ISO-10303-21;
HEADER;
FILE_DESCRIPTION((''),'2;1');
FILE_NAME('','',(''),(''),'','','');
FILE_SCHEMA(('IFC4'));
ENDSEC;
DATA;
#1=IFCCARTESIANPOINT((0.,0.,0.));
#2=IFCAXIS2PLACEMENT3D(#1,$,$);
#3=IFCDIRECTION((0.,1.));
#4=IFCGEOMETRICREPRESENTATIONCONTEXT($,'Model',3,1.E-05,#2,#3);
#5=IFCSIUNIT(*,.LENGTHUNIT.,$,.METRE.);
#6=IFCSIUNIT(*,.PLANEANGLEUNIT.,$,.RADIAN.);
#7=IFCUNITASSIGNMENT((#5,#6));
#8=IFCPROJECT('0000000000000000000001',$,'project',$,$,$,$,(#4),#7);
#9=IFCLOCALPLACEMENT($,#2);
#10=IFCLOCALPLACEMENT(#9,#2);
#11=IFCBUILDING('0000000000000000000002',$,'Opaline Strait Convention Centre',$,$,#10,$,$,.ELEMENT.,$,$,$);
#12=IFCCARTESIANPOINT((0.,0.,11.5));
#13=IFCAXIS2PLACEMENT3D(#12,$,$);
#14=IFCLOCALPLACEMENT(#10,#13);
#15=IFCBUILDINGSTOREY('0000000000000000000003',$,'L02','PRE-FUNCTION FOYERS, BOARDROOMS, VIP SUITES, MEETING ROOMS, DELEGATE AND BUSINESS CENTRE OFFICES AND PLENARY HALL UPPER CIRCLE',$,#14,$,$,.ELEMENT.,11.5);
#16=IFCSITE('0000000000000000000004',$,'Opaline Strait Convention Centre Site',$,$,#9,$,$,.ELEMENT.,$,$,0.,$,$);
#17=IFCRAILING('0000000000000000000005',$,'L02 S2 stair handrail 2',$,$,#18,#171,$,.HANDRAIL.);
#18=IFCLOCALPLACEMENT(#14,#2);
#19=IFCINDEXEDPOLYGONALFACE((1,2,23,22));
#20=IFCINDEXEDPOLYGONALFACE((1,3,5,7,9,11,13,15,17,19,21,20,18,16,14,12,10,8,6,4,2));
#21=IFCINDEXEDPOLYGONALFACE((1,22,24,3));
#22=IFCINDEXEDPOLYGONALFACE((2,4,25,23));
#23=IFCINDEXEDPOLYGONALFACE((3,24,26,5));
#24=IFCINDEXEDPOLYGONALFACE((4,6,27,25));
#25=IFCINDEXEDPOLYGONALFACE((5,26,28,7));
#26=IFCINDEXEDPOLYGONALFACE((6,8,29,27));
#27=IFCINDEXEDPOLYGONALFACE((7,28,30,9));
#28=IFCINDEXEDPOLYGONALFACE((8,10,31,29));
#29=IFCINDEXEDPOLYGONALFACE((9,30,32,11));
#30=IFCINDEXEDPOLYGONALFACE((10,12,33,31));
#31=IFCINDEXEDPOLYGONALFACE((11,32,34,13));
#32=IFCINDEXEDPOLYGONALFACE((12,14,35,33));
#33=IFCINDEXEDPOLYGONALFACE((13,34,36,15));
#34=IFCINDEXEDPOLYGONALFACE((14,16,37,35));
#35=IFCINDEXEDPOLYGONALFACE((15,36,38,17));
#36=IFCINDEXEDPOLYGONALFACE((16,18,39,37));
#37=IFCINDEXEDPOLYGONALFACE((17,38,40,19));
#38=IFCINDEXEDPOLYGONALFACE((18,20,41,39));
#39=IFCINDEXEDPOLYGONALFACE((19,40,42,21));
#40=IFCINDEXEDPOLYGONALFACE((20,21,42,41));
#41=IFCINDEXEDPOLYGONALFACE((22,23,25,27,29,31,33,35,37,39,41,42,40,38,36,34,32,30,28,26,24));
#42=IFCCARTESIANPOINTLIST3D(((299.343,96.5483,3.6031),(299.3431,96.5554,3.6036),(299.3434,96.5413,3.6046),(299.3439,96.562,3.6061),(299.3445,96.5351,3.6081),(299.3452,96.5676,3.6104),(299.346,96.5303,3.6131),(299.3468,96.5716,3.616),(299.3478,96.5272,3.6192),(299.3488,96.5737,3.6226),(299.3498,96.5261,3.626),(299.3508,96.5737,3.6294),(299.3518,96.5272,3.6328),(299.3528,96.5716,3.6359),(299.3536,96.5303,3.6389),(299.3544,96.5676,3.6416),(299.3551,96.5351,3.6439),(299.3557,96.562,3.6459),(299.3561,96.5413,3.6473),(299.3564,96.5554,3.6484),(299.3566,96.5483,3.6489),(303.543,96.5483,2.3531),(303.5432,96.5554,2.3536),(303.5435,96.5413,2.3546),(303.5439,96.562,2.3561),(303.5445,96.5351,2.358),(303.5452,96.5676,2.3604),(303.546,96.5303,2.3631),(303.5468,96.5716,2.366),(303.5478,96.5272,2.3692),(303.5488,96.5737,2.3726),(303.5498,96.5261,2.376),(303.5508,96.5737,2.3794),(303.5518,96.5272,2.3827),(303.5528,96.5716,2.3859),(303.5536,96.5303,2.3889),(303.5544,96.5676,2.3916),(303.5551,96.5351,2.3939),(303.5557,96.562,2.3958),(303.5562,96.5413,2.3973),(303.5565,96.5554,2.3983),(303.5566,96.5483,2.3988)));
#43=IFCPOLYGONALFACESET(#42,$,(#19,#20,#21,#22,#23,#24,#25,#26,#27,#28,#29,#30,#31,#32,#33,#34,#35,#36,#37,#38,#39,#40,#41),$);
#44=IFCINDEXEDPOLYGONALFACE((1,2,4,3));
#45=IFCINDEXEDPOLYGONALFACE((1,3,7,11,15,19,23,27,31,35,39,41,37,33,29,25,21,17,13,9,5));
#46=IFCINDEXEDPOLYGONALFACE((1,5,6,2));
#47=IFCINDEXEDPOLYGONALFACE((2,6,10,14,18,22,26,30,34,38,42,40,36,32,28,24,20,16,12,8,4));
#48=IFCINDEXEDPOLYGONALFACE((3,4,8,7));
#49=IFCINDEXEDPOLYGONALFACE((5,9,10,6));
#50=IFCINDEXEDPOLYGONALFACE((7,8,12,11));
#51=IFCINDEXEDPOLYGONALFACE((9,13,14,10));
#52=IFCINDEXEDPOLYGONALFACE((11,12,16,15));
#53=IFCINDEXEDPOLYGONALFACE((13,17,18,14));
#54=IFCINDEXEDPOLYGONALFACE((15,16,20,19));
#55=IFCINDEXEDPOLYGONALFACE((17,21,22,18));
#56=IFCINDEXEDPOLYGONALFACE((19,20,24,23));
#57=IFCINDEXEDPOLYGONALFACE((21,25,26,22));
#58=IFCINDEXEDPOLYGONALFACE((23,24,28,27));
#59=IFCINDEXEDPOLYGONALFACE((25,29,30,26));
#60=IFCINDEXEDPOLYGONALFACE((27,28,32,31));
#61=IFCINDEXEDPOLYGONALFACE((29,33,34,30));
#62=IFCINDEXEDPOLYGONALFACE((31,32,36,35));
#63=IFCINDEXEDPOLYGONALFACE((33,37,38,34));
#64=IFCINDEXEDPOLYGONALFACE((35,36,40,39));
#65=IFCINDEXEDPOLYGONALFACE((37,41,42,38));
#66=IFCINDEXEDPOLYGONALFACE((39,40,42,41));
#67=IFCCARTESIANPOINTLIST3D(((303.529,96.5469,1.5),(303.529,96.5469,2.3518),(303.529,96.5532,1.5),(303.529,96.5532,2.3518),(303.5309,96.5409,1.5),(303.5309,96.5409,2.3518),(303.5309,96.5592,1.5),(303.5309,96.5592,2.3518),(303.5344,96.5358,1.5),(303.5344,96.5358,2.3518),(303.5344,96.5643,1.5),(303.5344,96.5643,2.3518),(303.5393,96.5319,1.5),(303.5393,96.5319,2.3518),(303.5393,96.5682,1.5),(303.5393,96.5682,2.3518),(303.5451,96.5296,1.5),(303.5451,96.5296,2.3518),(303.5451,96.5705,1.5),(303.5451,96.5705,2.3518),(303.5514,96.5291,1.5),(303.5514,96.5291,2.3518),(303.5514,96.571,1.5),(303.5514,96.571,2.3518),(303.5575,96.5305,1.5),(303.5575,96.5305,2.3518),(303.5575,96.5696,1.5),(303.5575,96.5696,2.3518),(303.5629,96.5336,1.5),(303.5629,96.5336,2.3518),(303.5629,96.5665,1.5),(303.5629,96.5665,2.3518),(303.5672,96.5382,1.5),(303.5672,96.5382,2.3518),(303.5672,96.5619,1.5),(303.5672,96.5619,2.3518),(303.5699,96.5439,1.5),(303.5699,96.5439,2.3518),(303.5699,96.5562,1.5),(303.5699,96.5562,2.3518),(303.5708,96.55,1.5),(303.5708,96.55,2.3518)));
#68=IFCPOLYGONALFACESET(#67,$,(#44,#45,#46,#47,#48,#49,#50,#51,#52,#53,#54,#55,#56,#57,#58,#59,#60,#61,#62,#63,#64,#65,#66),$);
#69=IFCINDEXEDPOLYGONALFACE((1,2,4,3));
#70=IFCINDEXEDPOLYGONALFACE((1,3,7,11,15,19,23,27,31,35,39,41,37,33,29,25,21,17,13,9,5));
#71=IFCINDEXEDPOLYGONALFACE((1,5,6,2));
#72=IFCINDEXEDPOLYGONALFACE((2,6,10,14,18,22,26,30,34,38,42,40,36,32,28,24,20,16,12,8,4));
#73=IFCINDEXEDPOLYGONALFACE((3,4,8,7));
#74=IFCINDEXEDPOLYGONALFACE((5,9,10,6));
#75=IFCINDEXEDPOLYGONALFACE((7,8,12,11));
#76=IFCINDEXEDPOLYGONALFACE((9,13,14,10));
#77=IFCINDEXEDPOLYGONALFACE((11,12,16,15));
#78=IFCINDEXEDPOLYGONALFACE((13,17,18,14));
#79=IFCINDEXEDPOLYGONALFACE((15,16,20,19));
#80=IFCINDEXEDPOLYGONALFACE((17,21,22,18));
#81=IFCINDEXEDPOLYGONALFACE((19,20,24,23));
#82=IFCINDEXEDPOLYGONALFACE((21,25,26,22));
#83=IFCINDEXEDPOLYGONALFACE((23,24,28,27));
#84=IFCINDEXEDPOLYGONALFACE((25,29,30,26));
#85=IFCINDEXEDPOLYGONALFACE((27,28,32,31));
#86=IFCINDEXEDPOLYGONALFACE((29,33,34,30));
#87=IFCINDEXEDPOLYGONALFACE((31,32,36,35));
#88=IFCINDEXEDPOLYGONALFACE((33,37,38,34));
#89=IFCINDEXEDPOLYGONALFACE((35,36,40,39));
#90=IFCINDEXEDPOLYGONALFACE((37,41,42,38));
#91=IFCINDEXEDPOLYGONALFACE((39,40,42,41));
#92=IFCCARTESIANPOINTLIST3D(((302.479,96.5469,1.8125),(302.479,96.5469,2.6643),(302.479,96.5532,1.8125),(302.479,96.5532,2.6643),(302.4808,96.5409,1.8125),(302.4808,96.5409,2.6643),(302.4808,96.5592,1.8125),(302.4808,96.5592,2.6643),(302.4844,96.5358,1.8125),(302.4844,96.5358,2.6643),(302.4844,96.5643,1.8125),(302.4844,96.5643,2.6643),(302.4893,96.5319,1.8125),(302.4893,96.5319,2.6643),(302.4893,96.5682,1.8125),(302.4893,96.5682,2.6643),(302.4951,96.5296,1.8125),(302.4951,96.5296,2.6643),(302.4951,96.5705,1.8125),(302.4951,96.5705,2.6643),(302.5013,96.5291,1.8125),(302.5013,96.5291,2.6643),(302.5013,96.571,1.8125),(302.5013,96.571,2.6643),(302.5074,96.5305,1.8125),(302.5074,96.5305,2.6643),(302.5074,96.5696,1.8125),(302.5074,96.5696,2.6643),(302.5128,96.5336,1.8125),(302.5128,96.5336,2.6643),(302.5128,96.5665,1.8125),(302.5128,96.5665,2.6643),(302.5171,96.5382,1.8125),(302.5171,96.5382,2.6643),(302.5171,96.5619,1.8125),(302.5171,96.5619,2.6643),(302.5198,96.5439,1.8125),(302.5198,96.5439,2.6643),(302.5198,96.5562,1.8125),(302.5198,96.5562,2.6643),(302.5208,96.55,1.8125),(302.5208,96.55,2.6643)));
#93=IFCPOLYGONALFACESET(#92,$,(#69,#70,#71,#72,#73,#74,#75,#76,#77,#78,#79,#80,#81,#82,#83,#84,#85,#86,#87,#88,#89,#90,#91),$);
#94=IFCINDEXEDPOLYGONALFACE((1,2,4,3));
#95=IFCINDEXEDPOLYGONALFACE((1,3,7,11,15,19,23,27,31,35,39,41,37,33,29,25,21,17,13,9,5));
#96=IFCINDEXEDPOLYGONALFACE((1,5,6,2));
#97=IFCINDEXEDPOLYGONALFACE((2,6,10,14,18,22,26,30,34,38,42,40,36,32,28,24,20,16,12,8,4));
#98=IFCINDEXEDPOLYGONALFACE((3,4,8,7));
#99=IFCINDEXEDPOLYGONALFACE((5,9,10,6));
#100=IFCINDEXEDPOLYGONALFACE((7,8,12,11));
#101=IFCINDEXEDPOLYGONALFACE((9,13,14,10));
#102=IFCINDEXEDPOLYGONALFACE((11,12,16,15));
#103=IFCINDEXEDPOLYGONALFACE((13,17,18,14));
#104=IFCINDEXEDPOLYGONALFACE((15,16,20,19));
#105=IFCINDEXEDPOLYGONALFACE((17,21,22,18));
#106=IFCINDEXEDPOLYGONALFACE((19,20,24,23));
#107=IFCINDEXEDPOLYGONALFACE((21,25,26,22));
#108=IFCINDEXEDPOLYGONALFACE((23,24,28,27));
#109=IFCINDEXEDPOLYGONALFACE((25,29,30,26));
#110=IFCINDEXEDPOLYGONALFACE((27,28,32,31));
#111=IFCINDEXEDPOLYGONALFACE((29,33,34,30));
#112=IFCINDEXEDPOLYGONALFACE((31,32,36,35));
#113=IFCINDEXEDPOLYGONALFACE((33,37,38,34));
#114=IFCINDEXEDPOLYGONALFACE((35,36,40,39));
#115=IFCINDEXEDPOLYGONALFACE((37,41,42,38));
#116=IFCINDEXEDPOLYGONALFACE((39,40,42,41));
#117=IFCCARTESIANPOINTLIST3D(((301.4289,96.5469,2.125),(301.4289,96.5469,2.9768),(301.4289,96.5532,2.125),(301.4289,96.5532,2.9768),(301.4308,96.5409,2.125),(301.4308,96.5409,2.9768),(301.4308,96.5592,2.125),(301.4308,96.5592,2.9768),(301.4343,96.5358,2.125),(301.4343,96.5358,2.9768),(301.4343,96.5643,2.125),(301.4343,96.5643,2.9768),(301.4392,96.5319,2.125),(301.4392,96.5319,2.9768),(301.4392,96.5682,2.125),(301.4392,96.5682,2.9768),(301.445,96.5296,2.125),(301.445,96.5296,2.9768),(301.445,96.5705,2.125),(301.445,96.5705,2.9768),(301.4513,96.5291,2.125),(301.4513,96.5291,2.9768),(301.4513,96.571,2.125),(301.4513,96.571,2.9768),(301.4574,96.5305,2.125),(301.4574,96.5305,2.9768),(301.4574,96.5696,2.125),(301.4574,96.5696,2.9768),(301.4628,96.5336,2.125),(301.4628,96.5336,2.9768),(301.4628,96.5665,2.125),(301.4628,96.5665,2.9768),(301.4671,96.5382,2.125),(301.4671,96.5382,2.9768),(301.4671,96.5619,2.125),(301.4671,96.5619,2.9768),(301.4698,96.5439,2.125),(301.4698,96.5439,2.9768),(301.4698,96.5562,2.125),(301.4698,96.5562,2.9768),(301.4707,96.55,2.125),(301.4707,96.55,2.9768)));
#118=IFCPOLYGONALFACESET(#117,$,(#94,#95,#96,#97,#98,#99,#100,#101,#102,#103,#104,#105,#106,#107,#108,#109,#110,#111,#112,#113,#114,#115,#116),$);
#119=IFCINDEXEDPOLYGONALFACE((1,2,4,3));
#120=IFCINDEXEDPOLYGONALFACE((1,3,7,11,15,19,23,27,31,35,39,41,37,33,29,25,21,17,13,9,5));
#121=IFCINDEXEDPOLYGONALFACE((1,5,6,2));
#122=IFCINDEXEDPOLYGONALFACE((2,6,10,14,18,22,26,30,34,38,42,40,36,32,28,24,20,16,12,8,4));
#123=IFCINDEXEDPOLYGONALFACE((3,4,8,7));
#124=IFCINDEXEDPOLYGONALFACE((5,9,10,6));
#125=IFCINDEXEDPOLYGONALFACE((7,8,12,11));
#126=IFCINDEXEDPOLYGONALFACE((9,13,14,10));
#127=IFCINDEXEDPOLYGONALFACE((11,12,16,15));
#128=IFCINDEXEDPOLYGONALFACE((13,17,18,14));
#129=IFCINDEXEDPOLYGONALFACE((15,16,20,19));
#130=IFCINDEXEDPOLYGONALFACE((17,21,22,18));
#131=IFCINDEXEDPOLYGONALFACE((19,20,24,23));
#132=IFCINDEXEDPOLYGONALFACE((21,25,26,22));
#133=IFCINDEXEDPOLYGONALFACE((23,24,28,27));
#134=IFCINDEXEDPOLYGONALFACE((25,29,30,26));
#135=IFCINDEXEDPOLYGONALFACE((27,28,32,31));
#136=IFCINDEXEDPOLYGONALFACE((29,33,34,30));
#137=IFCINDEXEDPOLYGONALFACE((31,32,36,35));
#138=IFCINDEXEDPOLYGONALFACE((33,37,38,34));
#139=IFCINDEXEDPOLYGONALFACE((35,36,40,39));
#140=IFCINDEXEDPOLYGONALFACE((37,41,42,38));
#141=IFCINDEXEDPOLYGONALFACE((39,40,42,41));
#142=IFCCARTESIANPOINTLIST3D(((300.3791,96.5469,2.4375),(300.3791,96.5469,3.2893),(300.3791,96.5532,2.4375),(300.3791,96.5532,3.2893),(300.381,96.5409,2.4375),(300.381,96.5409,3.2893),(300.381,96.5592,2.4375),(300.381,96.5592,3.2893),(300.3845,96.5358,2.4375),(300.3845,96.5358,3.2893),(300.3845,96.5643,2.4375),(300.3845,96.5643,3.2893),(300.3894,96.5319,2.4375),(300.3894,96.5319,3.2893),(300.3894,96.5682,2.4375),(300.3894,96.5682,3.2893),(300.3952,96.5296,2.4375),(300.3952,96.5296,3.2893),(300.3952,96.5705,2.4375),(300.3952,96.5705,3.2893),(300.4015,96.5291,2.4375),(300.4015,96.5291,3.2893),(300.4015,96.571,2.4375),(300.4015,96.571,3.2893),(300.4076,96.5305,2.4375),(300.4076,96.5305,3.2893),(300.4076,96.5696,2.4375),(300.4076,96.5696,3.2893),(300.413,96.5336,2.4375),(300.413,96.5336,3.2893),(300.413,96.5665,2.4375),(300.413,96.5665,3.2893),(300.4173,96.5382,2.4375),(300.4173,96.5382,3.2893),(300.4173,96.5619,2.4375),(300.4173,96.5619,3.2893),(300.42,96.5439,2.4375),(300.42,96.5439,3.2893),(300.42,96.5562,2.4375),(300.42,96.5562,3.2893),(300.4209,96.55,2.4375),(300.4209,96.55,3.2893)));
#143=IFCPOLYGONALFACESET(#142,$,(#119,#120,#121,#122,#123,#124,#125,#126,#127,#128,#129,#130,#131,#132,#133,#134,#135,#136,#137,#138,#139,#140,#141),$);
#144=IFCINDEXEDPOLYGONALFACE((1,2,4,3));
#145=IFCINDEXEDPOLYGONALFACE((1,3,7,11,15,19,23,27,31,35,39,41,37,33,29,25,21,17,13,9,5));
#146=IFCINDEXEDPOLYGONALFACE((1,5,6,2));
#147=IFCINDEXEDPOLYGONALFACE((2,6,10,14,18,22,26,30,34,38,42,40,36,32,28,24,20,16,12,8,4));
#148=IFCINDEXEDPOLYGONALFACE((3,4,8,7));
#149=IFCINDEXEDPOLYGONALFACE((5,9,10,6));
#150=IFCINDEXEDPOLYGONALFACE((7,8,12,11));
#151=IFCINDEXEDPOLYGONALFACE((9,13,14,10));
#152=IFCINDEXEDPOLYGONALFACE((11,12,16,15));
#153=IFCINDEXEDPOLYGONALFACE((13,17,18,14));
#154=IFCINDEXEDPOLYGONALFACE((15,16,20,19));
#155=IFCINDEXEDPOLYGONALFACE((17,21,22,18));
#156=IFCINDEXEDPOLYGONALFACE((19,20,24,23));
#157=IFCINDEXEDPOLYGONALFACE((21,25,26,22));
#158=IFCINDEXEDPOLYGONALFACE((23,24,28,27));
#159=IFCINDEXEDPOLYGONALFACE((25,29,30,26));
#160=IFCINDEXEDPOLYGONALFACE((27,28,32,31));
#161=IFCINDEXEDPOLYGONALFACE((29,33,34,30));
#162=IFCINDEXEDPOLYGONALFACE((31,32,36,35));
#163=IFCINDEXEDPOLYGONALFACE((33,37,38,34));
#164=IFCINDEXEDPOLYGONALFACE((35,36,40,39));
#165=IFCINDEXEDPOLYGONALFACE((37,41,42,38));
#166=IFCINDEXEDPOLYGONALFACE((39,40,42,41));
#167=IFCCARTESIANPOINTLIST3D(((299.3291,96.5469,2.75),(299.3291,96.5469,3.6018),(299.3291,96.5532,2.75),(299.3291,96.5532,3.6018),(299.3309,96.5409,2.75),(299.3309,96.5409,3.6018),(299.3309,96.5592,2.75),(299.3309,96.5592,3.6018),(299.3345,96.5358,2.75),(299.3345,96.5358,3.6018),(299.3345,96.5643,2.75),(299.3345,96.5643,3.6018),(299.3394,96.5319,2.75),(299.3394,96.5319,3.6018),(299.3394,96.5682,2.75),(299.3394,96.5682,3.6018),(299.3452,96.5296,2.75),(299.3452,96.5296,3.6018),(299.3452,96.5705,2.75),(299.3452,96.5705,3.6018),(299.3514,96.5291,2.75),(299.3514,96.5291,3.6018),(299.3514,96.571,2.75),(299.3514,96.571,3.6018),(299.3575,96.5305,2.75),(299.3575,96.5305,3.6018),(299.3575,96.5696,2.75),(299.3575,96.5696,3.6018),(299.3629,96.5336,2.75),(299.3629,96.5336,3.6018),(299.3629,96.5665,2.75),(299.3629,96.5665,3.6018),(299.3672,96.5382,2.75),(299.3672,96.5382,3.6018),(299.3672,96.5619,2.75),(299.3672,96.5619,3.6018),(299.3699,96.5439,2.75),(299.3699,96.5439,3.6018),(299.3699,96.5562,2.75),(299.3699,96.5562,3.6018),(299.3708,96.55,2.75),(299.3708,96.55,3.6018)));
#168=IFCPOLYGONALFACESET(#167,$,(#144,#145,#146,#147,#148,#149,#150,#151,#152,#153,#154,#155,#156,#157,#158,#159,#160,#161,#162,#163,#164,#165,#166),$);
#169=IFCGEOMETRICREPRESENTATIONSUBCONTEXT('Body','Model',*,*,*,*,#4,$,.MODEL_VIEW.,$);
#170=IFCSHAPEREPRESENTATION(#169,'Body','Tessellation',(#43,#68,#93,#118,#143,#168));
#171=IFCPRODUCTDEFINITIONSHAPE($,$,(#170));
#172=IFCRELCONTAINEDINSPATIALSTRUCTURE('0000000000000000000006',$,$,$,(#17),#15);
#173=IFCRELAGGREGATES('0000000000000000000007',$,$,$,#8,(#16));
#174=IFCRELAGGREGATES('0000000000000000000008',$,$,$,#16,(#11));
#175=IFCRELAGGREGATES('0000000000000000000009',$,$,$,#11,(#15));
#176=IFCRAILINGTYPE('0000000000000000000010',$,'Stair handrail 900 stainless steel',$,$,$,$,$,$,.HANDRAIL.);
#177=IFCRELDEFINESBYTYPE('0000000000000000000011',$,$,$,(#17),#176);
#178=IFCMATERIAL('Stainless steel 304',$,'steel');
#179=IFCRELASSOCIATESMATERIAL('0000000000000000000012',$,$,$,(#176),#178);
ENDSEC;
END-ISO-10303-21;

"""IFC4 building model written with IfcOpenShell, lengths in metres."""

from ifc_helpers import new_model, si_unit, direction, frame, origin, origin_2d, place, context, subcontext, project, spatial, circle, extrude, material, type_object, element, save


model = new_model("IFC4")

# Units and contexts
model_context = context("Model", 3, precision=1e-05, world=origin(), true_north=direction((0.0, 1.0)))
body_context = subcontext(model_context, "Body", "Model", "MODEL_VIEW")
ifc_project = project(units=[si_unit("LENGTHUNIT", "METRE"), si_unit("PLANEANGLEUNIT", "RADIAN")], contexts=[model_context])

# Site, building, storey
site_placement = place(None, origin())
site = spatial("IfcSite", under=ifc_project, at=site_placement, Name="Opaline Strait Convention Centre Site", CompositionType="ELEMENT", RefElevation=0.0)
building_placement = place(site_placement, origin())
building = spatial("IfcBuilding", under=site, at=building_placement, Name="Opaline Strait Convention Centre", CompositionType="ELEMENT")
storey_placement = place(building_placement, frame((0.0, 0.0, 11.5)))
storey = spatial("IfcBuildingStorey", under=building, at=storey_placement, Name="L02", Description="PRE-FUNCTION FOYERS, BOARDROOMS, VIP SUITES, MEETING ROOMS, DELEGATE AND BUSINESS CENTRE OFFICES AND PLENARY HALL UPPER CIRCLE", CompositionType="ELEMENT", Elevation=11.5)

# Shared definitions
ifc_material_1 = material(Name="Stainless steel 304", Category="steel")

# Railing
railing_type_1 = type_object("IfcRailingType", Name="Stair handrail 900 stainless steel", PredefinedType="HANDRAIL", material=ifc_material_1)
for number, where, name in (
    (1, (303.5498, 96.55, 1.5), "L02 S2 stair handrail 2"),
):
    element("IfcRailing", number, at=place(storey_placement, frame(where)), inside=storey, type_object=railing_type_1, Name=name, PredefinedType="HANDRAIL", context=body_context, shape_type="SweptSolid", body=[
        extrude(circle(Radius=0.0239, at=origin_2d()), frame((0.0, 0.0, 0.876), z_axis=(-0.958451, 0.0, 0.285257), x_axis=(0.0, -1.0, 0.0)), (0.0, 0.0, 1.0), 4.3821),
        extrude(circle(Radius=0.021, at=origin_2d()), origin(), (0.0, 0.0, 1.0), 0.8518),
        extrude(circle(Radius=0.021, at=origin_2d()), frame((-1.05, 0.0, 0.3125)), (0.0, 0.0, 1.0), 0.8518),
        extrude(circle(Radius=0.021, at=origin_2d()), frame((-2.1001, 0.0, 0.625)), (0.0, 0.0, 1.0), 0.8518),
        extrude(circle(Radius=0.021, at=origin_2d()), frame((-3.1499, 0.0, 0.9375)), (0.0, 0.0, 1.0), 0.8518),
        extrude(circle(Radius=0.021, at=origin_2d()), frame((-4.2, 0.0, 1.25)), (0.0, 0.0, 1.0), 0.8518),
    ])

save(model, "model.ifc")
